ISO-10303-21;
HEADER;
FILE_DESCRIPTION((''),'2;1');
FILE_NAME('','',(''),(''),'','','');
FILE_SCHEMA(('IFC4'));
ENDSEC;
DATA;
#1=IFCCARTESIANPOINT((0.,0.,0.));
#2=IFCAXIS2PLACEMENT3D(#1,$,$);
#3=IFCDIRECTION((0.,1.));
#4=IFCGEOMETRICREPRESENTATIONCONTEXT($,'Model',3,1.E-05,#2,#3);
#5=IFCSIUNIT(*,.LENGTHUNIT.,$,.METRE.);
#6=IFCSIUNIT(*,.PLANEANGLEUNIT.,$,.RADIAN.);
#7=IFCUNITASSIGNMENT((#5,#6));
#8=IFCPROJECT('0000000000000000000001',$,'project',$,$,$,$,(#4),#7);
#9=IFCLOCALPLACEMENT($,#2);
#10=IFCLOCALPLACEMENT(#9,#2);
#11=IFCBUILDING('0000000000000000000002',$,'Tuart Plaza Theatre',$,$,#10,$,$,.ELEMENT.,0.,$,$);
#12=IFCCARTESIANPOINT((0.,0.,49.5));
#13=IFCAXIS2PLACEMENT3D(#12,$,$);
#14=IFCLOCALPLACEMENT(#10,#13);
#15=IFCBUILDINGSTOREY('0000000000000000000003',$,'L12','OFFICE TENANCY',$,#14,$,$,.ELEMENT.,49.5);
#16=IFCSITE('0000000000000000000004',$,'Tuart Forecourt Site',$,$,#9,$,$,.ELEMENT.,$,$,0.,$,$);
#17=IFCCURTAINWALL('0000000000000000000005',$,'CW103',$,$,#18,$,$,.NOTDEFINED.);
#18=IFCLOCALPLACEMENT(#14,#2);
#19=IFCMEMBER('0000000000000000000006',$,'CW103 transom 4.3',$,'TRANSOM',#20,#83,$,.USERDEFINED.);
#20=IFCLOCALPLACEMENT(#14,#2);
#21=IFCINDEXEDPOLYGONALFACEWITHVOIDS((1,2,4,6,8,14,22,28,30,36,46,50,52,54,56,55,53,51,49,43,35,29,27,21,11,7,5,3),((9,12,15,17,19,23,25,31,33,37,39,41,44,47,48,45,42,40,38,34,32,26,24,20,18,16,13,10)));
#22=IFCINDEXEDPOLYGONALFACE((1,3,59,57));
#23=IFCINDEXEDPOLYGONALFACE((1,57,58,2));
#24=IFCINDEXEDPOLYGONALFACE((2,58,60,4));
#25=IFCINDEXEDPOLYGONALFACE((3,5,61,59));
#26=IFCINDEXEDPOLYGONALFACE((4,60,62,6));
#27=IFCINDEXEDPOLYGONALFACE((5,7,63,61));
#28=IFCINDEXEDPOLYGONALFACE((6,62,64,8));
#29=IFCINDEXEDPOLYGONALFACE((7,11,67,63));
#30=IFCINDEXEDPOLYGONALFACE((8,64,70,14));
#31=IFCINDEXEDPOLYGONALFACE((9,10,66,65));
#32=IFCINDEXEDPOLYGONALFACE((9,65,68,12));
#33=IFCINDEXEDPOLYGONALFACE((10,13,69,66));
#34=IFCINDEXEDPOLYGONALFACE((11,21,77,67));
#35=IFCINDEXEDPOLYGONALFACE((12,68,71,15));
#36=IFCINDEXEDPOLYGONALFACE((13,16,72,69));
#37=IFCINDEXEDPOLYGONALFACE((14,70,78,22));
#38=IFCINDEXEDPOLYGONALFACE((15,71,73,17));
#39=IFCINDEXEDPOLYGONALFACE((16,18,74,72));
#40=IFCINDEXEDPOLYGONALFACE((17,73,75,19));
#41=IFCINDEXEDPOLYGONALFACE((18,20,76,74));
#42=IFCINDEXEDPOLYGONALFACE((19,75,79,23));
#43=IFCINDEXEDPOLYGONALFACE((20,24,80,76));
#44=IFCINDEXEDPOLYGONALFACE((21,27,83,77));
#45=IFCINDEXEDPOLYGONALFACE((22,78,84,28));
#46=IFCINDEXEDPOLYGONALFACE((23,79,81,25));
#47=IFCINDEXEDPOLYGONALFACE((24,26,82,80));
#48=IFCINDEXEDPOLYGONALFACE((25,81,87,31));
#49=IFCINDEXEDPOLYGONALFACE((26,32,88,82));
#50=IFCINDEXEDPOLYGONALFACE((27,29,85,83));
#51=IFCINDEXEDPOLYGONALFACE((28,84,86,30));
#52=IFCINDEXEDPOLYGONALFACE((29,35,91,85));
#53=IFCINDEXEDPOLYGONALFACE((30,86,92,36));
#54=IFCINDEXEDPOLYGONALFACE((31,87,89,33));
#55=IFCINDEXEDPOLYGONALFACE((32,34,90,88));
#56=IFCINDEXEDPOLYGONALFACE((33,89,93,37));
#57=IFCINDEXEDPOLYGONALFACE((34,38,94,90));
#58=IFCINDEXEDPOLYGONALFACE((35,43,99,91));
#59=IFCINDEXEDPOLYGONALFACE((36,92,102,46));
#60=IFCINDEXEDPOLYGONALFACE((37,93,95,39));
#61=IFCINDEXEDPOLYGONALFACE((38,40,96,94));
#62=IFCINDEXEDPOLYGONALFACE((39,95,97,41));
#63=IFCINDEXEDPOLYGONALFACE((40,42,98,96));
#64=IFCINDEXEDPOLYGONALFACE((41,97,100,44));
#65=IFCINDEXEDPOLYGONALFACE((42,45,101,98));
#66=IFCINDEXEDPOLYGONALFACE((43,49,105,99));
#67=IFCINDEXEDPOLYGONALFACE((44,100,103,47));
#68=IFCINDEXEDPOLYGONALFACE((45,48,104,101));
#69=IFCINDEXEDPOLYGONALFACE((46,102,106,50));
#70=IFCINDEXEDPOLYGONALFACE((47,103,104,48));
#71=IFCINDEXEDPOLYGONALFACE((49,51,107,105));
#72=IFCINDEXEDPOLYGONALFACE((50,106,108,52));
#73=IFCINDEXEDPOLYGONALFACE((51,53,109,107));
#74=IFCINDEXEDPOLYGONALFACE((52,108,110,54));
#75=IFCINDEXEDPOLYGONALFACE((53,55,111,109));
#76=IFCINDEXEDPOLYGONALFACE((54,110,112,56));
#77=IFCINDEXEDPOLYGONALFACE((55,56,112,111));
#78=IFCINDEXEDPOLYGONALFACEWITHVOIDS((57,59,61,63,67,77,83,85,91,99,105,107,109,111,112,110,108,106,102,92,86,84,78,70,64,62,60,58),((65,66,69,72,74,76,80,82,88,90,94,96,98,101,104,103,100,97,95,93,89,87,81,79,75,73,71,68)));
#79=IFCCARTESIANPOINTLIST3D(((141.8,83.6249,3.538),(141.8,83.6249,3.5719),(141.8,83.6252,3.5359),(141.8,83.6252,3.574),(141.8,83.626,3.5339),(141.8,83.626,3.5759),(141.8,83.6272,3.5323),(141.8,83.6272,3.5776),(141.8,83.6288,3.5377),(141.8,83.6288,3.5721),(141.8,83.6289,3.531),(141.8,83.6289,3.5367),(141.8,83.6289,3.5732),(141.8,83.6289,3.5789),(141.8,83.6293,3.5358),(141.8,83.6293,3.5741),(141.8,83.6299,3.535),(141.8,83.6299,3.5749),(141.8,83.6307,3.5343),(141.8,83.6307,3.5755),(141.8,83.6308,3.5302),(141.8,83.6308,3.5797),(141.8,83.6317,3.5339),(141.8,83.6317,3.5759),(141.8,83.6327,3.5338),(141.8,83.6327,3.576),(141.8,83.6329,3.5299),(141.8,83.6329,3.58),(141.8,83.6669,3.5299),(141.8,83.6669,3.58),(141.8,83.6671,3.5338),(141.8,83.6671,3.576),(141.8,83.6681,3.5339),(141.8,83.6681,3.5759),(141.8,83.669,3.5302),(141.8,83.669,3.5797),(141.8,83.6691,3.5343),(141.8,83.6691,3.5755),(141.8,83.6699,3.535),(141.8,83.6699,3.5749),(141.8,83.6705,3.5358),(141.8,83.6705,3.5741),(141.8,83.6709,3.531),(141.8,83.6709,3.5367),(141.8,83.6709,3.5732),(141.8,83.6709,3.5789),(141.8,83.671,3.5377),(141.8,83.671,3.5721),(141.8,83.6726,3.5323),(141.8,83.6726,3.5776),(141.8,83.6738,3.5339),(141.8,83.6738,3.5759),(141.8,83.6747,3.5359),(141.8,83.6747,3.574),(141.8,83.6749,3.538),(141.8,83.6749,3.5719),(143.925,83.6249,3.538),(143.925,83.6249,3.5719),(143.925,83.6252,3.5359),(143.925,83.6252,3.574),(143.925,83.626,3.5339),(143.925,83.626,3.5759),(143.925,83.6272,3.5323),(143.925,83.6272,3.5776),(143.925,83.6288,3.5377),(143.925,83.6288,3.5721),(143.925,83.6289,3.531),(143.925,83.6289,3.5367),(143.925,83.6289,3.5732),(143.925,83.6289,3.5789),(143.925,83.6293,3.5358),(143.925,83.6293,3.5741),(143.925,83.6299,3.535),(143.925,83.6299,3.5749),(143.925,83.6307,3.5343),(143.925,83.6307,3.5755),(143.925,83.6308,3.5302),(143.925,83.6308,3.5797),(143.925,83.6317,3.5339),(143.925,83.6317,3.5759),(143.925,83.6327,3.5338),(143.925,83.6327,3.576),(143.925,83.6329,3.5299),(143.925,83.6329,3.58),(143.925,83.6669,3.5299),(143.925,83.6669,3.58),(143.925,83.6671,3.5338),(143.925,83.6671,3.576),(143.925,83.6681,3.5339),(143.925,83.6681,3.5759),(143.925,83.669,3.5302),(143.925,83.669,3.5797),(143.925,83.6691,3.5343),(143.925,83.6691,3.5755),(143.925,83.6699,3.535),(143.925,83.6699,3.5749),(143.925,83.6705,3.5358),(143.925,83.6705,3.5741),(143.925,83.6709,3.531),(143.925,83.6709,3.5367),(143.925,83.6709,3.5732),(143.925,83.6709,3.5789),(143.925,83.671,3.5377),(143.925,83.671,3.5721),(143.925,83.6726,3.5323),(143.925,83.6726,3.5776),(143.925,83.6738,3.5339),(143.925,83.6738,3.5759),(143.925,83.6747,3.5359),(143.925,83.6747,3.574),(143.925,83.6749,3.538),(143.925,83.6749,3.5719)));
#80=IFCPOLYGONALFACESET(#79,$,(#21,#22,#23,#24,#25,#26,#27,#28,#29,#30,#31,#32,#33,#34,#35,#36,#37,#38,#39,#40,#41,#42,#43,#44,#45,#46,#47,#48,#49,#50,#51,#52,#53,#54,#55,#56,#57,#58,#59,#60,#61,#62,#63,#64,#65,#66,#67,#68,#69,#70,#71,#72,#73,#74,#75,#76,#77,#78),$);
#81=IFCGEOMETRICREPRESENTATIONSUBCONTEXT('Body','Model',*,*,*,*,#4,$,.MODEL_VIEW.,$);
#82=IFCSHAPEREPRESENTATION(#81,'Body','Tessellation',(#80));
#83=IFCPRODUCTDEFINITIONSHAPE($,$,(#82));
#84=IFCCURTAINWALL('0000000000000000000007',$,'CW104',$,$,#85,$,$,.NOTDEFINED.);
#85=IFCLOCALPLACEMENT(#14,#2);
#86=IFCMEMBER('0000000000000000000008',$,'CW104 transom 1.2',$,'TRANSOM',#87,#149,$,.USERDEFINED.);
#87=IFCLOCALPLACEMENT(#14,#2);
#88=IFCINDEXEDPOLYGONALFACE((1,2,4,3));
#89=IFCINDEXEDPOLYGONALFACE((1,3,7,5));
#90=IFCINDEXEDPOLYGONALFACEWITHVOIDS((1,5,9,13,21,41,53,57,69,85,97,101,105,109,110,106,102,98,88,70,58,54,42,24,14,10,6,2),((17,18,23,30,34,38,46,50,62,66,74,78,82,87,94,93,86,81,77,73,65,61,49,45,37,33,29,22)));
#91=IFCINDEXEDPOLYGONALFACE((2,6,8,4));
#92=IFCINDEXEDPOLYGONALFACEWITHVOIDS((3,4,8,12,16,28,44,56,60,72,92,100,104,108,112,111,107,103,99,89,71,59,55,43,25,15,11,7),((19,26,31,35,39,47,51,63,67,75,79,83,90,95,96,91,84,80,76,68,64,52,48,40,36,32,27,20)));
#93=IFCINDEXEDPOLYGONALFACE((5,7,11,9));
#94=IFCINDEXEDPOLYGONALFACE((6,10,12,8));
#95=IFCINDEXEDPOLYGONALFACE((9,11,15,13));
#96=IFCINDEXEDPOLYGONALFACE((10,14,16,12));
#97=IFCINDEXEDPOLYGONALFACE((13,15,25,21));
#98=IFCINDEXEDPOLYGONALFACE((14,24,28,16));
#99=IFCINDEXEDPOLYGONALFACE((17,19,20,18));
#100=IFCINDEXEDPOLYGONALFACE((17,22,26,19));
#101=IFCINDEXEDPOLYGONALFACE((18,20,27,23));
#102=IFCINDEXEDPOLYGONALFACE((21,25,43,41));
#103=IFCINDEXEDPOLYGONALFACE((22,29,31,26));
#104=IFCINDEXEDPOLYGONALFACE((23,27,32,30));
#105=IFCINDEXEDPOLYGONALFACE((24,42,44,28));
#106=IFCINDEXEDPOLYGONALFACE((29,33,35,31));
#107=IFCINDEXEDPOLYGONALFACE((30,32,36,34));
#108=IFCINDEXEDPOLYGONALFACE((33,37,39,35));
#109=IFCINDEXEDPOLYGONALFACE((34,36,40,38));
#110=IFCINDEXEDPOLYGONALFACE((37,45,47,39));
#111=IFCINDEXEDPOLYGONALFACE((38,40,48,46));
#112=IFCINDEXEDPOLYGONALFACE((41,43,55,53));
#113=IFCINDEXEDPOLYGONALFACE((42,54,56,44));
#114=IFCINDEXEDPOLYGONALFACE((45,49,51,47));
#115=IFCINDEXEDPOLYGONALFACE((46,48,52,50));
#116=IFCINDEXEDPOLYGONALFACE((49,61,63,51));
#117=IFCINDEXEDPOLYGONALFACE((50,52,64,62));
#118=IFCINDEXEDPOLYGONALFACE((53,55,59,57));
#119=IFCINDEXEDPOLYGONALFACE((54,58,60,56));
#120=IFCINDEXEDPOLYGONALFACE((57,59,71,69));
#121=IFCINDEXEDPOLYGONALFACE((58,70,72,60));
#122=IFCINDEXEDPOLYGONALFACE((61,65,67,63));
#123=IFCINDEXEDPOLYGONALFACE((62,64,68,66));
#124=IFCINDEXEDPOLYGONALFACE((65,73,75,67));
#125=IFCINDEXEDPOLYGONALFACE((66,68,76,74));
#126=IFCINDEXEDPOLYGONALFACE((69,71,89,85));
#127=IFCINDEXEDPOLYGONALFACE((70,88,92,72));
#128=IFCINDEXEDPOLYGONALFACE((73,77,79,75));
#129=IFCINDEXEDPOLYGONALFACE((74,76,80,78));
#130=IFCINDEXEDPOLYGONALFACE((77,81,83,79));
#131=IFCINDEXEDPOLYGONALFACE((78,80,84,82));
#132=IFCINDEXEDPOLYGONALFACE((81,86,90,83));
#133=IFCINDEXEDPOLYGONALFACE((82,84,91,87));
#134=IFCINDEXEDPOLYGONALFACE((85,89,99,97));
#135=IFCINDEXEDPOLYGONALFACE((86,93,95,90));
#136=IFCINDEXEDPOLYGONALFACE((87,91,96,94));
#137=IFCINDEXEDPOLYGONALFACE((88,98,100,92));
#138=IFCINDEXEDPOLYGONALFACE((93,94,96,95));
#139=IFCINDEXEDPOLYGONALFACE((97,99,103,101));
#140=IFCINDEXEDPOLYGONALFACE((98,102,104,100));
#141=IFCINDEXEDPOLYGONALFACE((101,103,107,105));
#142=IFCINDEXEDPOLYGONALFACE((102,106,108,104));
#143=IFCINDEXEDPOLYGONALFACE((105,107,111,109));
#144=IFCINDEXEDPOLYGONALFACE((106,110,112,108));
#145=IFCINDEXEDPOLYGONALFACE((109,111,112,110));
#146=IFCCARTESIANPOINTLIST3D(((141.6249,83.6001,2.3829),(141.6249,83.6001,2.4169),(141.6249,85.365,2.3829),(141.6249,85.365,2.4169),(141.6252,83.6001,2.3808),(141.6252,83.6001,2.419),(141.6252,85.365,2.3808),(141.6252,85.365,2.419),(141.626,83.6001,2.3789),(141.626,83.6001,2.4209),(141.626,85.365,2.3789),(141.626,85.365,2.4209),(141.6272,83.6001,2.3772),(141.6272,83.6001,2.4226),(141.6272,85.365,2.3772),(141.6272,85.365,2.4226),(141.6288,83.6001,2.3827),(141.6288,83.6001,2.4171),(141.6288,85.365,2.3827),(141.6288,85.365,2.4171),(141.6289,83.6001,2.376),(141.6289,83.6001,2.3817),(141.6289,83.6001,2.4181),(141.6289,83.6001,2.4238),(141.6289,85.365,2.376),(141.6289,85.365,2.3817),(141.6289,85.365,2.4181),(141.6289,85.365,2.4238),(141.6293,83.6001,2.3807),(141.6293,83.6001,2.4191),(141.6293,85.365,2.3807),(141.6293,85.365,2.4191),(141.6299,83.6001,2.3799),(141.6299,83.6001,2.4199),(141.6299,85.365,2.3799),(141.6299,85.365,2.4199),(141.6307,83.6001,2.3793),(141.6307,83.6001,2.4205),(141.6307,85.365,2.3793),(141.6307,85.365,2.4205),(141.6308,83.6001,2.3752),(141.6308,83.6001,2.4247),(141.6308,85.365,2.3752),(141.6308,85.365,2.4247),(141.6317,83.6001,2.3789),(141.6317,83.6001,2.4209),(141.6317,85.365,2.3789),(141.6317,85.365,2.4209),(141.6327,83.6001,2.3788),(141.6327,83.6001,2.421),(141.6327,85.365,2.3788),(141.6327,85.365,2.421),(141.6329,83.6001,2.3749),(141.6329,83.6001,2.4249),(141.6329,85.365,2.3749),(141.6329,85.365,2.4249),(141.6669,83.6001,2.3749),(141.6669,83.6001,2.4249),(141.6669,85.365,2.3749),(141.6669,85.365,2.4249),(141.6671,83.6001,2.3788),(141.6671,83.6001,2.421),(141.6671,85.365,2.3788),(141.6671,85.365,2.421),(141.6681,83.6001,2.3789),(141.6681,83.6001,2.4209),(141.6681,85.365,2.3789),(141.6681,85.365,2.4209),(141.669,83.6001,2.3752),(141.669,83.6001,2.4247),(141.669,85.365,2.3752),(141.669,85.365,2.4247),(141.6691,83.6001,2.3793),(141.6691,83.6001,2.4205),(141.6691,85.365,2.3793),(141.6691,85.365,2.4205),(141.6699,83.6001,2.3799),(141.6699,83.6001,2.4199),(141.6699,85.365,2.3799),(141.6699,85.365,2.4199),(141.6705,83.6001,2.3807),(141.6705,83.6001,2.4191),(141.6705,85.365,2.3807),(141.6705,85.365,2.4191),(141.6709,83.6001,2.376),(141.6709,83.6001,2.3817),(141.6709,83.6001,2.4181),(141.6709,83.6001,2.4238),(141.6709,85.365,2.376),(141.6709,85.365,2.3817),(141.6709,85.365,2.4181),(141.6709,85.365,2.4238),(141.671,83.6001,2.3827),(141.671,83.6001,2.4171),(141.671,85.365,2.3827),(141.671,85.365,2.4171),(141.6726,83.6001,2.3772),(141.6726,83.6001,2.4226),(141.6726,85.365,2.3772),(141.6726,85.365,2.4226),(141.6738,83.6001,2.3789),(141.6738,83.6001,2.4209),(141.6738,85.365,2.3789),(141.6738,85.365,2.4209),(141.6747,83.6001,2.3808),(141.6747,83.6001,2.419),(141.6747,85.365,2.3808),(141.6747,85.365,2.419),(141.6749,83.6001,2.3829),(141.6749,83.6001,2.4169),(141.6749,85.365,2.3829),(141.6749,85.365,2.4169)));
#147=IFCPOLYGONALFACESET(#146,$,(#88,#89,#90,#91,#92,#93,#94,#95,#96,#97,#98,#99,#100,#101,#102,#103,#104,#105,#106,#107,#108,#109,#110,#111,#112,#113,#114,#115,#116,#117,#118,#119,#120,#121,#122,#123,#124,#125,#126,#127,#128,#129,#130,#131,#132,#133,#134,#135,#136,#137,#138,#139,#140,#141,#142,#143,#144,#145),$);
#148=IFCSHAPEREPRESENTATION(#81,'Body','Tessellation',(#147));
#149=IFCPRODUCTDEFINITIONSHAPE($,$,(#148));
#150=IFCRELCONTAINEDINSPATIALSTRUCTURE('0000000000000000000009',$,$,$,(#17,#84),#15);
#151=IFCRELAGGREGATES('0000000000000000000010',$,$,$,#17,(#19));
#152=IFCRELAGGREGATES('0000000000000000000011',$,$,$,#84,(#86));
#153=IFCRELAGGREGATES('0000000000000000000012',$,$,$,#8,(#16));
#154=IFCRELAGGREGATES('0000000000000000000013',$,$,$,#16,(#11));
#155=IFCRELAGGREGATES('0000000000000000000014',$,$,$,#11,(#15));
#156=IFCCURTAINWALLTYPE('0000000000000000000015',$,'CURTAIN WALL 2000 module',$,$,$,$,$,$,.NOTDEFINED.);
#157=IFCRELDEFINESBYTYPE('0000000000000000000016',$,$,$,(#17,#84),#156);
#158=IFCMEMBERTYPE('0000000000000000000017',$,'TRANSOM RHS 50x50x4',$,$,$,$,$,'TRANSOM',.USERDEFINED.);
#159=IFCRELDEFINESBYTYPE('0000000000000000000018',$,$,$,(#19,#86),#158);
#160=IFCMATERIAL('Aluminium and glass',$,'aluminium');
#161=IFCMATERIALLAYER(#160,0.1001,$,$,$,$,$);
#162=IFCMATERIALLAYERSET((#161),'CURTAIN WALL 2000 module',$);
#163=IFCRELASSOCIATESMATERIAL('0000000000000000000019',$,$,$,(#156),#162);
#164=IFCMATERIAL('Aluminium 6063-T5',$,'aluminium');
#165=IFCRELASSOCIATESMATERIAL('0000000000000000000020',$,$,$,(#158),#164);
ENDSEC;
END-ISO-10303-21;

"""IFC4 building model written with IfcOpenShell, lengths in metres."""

from ifc_helpers import new_model, si_unit, direction, frame, origin, origin_2d, place, context, subcontext, project, spatial, hollow_rectangle, extrude, material, layer, layer_set, material_profile, profile_set, type_object, element, aggregate, save


model = new_model("IFC4")

# Units and contexts
model_context = context("Model", 3, precision=1e-05, world=origin(), true_north=direction((0.0, 1.0)))
body_context = subcontext(model_context, "Body", "Model", "MODEL_VIEW")
ifc_project = project(units=[si_unit("LENGTHUNIT", "METRE"), si_unit("PLANEANGLEUNIT", "RADIAN")], contexts=[model_context])

# Site, building, storey
site_placement = place(None, origin())
site = spatial("IfcSite", under=ifc_project, at=site_placement, Name="Tuart Forecourt Site", CompositionType="ELEMENT", RefElevation=0.0)
building_placement = place(site_placement, origin())
building = spatial("IfcBuilding", under=site, at=building_placement, Name="Tuart Plaza Theatre", CompositionType="ELEMENT", ElevationOfRefHeight=0.0)
storey_placement = place(building_placement, frame((0.0, 0.0, 49.5)))
storey = spatial("IfcBuildingStorey", under=building, at=storey_placement, Name="L12", Description="OFFICE TENANCY", CompositionType="ELEMENT", Elevation=49.5)

# Curtain walls, members
ifc_material_1 = material(Name="Aluminium and glass", Category="aluminium")
ifc_layer_1 = layer(ifc_material_1, 0.1001)
ifc_layer_set_1 = layer_set([ifc_layer_1], Name="CURTAIN WALL 2000 module")
curtain_wall_type = type_object("IfcCurtainWallType", Name="CURTAIN WALL 2000 module", PredefinedType="NOTDEFINED", material=ifc_layer_set_1)
curtain_wall_1_placement = place(storey_placement, origin())
curtain_wall_1 = element("IfcCurtainWall", 1, at=curtain_wall_1_placement, inside=storey, type_object=curtain_wall_type, Name="CW103", PredefinedType="NOTDEFINED")
ifc_material_2 = material(Name="Aluminium 6063-T5", Category="aluminium")
ifc_material_profile_1 = material_profile(ifc_material_2, hollow_rectangle(XDim=0.05, YDim=0.05, WallThickness=0.0039, InnerFilletRadius=0.0039, OuterFilletRadius=0.0081, at=origin_2d()), Name="RHS 50x50x4")
ifc_profile_set_1 = profile_set([ifc_material_profile_1], Name="Aluminium 6063-T5")
member_type_1 = type_object("IfcMemberType", Name="TRANSOM RHS 50x50x4", ElementType="TRANSOM", PredefinedType="USERDEFINED", material=ifc_profile_set_1)
member_1_placement = place(storey_placement, frame((143.925, 83.6499, 3.5549), z_axis=(-1.0, 0.0, 0.0), x_axis=(0.0, -1.0, 0.0)))
member_1 = element("IfcMember", 2, at=member_1_placement, type_object=member_type_1, Name="CW103 transom 4.3", ObjectType="TRANSOM", PredefinedType="USERDEFINED", context=body_context, shape_type="SweptSolid", body=[
    extrude(hollow_rectangle(XDim=0.05, YDim=0.05, WallThickness=0.0039, InnerFilletRadius=0.0039, OuterFilletRadius=0.0081, at=origin_2d()), origin(), (0.0, 0.0, 1.0), 2.125),
])
curtain_wall_2_placement = place(storey_placement, origin())
curtain_wall_2 = element("IfcCurtainWall", 3, at=curtain_wall_2_placement, inside=storey, type_object=curtain_wall_type, Name="CW104", PredefinedType="NOTDEFINED")
member_2_placement = place(storey_placement, frame((141.6499, 83.6001, 2.3999), z_axis=(0.0, 1.0, 0.0), x_axis=(-1.0, 0.0, 0.0)))
member_2 = element("IfcMember", 4, at=member_2_placement, type_object=member_type_1, Name="CW104 transom 1.2", ObjectType="TRANSOM", PredefinedType="USERDEFINED", context=body_context, shape_type="SweptSolid", body=[
    extrude(hollow_rectangle(XDim=0.05, YDim=0.05, WallThickness=0.0039, InnerFilletRadius=0.0039, OuterFilletRadius=0.0081, at=origin_2d()), origin(), (0.0, 0.0, 1.0), 1.7649),
])

aggregate(curtain_wall_1, [member_1])
aggregate(curtain_wall_2, [member_2])

save(model, "model.ifc")
